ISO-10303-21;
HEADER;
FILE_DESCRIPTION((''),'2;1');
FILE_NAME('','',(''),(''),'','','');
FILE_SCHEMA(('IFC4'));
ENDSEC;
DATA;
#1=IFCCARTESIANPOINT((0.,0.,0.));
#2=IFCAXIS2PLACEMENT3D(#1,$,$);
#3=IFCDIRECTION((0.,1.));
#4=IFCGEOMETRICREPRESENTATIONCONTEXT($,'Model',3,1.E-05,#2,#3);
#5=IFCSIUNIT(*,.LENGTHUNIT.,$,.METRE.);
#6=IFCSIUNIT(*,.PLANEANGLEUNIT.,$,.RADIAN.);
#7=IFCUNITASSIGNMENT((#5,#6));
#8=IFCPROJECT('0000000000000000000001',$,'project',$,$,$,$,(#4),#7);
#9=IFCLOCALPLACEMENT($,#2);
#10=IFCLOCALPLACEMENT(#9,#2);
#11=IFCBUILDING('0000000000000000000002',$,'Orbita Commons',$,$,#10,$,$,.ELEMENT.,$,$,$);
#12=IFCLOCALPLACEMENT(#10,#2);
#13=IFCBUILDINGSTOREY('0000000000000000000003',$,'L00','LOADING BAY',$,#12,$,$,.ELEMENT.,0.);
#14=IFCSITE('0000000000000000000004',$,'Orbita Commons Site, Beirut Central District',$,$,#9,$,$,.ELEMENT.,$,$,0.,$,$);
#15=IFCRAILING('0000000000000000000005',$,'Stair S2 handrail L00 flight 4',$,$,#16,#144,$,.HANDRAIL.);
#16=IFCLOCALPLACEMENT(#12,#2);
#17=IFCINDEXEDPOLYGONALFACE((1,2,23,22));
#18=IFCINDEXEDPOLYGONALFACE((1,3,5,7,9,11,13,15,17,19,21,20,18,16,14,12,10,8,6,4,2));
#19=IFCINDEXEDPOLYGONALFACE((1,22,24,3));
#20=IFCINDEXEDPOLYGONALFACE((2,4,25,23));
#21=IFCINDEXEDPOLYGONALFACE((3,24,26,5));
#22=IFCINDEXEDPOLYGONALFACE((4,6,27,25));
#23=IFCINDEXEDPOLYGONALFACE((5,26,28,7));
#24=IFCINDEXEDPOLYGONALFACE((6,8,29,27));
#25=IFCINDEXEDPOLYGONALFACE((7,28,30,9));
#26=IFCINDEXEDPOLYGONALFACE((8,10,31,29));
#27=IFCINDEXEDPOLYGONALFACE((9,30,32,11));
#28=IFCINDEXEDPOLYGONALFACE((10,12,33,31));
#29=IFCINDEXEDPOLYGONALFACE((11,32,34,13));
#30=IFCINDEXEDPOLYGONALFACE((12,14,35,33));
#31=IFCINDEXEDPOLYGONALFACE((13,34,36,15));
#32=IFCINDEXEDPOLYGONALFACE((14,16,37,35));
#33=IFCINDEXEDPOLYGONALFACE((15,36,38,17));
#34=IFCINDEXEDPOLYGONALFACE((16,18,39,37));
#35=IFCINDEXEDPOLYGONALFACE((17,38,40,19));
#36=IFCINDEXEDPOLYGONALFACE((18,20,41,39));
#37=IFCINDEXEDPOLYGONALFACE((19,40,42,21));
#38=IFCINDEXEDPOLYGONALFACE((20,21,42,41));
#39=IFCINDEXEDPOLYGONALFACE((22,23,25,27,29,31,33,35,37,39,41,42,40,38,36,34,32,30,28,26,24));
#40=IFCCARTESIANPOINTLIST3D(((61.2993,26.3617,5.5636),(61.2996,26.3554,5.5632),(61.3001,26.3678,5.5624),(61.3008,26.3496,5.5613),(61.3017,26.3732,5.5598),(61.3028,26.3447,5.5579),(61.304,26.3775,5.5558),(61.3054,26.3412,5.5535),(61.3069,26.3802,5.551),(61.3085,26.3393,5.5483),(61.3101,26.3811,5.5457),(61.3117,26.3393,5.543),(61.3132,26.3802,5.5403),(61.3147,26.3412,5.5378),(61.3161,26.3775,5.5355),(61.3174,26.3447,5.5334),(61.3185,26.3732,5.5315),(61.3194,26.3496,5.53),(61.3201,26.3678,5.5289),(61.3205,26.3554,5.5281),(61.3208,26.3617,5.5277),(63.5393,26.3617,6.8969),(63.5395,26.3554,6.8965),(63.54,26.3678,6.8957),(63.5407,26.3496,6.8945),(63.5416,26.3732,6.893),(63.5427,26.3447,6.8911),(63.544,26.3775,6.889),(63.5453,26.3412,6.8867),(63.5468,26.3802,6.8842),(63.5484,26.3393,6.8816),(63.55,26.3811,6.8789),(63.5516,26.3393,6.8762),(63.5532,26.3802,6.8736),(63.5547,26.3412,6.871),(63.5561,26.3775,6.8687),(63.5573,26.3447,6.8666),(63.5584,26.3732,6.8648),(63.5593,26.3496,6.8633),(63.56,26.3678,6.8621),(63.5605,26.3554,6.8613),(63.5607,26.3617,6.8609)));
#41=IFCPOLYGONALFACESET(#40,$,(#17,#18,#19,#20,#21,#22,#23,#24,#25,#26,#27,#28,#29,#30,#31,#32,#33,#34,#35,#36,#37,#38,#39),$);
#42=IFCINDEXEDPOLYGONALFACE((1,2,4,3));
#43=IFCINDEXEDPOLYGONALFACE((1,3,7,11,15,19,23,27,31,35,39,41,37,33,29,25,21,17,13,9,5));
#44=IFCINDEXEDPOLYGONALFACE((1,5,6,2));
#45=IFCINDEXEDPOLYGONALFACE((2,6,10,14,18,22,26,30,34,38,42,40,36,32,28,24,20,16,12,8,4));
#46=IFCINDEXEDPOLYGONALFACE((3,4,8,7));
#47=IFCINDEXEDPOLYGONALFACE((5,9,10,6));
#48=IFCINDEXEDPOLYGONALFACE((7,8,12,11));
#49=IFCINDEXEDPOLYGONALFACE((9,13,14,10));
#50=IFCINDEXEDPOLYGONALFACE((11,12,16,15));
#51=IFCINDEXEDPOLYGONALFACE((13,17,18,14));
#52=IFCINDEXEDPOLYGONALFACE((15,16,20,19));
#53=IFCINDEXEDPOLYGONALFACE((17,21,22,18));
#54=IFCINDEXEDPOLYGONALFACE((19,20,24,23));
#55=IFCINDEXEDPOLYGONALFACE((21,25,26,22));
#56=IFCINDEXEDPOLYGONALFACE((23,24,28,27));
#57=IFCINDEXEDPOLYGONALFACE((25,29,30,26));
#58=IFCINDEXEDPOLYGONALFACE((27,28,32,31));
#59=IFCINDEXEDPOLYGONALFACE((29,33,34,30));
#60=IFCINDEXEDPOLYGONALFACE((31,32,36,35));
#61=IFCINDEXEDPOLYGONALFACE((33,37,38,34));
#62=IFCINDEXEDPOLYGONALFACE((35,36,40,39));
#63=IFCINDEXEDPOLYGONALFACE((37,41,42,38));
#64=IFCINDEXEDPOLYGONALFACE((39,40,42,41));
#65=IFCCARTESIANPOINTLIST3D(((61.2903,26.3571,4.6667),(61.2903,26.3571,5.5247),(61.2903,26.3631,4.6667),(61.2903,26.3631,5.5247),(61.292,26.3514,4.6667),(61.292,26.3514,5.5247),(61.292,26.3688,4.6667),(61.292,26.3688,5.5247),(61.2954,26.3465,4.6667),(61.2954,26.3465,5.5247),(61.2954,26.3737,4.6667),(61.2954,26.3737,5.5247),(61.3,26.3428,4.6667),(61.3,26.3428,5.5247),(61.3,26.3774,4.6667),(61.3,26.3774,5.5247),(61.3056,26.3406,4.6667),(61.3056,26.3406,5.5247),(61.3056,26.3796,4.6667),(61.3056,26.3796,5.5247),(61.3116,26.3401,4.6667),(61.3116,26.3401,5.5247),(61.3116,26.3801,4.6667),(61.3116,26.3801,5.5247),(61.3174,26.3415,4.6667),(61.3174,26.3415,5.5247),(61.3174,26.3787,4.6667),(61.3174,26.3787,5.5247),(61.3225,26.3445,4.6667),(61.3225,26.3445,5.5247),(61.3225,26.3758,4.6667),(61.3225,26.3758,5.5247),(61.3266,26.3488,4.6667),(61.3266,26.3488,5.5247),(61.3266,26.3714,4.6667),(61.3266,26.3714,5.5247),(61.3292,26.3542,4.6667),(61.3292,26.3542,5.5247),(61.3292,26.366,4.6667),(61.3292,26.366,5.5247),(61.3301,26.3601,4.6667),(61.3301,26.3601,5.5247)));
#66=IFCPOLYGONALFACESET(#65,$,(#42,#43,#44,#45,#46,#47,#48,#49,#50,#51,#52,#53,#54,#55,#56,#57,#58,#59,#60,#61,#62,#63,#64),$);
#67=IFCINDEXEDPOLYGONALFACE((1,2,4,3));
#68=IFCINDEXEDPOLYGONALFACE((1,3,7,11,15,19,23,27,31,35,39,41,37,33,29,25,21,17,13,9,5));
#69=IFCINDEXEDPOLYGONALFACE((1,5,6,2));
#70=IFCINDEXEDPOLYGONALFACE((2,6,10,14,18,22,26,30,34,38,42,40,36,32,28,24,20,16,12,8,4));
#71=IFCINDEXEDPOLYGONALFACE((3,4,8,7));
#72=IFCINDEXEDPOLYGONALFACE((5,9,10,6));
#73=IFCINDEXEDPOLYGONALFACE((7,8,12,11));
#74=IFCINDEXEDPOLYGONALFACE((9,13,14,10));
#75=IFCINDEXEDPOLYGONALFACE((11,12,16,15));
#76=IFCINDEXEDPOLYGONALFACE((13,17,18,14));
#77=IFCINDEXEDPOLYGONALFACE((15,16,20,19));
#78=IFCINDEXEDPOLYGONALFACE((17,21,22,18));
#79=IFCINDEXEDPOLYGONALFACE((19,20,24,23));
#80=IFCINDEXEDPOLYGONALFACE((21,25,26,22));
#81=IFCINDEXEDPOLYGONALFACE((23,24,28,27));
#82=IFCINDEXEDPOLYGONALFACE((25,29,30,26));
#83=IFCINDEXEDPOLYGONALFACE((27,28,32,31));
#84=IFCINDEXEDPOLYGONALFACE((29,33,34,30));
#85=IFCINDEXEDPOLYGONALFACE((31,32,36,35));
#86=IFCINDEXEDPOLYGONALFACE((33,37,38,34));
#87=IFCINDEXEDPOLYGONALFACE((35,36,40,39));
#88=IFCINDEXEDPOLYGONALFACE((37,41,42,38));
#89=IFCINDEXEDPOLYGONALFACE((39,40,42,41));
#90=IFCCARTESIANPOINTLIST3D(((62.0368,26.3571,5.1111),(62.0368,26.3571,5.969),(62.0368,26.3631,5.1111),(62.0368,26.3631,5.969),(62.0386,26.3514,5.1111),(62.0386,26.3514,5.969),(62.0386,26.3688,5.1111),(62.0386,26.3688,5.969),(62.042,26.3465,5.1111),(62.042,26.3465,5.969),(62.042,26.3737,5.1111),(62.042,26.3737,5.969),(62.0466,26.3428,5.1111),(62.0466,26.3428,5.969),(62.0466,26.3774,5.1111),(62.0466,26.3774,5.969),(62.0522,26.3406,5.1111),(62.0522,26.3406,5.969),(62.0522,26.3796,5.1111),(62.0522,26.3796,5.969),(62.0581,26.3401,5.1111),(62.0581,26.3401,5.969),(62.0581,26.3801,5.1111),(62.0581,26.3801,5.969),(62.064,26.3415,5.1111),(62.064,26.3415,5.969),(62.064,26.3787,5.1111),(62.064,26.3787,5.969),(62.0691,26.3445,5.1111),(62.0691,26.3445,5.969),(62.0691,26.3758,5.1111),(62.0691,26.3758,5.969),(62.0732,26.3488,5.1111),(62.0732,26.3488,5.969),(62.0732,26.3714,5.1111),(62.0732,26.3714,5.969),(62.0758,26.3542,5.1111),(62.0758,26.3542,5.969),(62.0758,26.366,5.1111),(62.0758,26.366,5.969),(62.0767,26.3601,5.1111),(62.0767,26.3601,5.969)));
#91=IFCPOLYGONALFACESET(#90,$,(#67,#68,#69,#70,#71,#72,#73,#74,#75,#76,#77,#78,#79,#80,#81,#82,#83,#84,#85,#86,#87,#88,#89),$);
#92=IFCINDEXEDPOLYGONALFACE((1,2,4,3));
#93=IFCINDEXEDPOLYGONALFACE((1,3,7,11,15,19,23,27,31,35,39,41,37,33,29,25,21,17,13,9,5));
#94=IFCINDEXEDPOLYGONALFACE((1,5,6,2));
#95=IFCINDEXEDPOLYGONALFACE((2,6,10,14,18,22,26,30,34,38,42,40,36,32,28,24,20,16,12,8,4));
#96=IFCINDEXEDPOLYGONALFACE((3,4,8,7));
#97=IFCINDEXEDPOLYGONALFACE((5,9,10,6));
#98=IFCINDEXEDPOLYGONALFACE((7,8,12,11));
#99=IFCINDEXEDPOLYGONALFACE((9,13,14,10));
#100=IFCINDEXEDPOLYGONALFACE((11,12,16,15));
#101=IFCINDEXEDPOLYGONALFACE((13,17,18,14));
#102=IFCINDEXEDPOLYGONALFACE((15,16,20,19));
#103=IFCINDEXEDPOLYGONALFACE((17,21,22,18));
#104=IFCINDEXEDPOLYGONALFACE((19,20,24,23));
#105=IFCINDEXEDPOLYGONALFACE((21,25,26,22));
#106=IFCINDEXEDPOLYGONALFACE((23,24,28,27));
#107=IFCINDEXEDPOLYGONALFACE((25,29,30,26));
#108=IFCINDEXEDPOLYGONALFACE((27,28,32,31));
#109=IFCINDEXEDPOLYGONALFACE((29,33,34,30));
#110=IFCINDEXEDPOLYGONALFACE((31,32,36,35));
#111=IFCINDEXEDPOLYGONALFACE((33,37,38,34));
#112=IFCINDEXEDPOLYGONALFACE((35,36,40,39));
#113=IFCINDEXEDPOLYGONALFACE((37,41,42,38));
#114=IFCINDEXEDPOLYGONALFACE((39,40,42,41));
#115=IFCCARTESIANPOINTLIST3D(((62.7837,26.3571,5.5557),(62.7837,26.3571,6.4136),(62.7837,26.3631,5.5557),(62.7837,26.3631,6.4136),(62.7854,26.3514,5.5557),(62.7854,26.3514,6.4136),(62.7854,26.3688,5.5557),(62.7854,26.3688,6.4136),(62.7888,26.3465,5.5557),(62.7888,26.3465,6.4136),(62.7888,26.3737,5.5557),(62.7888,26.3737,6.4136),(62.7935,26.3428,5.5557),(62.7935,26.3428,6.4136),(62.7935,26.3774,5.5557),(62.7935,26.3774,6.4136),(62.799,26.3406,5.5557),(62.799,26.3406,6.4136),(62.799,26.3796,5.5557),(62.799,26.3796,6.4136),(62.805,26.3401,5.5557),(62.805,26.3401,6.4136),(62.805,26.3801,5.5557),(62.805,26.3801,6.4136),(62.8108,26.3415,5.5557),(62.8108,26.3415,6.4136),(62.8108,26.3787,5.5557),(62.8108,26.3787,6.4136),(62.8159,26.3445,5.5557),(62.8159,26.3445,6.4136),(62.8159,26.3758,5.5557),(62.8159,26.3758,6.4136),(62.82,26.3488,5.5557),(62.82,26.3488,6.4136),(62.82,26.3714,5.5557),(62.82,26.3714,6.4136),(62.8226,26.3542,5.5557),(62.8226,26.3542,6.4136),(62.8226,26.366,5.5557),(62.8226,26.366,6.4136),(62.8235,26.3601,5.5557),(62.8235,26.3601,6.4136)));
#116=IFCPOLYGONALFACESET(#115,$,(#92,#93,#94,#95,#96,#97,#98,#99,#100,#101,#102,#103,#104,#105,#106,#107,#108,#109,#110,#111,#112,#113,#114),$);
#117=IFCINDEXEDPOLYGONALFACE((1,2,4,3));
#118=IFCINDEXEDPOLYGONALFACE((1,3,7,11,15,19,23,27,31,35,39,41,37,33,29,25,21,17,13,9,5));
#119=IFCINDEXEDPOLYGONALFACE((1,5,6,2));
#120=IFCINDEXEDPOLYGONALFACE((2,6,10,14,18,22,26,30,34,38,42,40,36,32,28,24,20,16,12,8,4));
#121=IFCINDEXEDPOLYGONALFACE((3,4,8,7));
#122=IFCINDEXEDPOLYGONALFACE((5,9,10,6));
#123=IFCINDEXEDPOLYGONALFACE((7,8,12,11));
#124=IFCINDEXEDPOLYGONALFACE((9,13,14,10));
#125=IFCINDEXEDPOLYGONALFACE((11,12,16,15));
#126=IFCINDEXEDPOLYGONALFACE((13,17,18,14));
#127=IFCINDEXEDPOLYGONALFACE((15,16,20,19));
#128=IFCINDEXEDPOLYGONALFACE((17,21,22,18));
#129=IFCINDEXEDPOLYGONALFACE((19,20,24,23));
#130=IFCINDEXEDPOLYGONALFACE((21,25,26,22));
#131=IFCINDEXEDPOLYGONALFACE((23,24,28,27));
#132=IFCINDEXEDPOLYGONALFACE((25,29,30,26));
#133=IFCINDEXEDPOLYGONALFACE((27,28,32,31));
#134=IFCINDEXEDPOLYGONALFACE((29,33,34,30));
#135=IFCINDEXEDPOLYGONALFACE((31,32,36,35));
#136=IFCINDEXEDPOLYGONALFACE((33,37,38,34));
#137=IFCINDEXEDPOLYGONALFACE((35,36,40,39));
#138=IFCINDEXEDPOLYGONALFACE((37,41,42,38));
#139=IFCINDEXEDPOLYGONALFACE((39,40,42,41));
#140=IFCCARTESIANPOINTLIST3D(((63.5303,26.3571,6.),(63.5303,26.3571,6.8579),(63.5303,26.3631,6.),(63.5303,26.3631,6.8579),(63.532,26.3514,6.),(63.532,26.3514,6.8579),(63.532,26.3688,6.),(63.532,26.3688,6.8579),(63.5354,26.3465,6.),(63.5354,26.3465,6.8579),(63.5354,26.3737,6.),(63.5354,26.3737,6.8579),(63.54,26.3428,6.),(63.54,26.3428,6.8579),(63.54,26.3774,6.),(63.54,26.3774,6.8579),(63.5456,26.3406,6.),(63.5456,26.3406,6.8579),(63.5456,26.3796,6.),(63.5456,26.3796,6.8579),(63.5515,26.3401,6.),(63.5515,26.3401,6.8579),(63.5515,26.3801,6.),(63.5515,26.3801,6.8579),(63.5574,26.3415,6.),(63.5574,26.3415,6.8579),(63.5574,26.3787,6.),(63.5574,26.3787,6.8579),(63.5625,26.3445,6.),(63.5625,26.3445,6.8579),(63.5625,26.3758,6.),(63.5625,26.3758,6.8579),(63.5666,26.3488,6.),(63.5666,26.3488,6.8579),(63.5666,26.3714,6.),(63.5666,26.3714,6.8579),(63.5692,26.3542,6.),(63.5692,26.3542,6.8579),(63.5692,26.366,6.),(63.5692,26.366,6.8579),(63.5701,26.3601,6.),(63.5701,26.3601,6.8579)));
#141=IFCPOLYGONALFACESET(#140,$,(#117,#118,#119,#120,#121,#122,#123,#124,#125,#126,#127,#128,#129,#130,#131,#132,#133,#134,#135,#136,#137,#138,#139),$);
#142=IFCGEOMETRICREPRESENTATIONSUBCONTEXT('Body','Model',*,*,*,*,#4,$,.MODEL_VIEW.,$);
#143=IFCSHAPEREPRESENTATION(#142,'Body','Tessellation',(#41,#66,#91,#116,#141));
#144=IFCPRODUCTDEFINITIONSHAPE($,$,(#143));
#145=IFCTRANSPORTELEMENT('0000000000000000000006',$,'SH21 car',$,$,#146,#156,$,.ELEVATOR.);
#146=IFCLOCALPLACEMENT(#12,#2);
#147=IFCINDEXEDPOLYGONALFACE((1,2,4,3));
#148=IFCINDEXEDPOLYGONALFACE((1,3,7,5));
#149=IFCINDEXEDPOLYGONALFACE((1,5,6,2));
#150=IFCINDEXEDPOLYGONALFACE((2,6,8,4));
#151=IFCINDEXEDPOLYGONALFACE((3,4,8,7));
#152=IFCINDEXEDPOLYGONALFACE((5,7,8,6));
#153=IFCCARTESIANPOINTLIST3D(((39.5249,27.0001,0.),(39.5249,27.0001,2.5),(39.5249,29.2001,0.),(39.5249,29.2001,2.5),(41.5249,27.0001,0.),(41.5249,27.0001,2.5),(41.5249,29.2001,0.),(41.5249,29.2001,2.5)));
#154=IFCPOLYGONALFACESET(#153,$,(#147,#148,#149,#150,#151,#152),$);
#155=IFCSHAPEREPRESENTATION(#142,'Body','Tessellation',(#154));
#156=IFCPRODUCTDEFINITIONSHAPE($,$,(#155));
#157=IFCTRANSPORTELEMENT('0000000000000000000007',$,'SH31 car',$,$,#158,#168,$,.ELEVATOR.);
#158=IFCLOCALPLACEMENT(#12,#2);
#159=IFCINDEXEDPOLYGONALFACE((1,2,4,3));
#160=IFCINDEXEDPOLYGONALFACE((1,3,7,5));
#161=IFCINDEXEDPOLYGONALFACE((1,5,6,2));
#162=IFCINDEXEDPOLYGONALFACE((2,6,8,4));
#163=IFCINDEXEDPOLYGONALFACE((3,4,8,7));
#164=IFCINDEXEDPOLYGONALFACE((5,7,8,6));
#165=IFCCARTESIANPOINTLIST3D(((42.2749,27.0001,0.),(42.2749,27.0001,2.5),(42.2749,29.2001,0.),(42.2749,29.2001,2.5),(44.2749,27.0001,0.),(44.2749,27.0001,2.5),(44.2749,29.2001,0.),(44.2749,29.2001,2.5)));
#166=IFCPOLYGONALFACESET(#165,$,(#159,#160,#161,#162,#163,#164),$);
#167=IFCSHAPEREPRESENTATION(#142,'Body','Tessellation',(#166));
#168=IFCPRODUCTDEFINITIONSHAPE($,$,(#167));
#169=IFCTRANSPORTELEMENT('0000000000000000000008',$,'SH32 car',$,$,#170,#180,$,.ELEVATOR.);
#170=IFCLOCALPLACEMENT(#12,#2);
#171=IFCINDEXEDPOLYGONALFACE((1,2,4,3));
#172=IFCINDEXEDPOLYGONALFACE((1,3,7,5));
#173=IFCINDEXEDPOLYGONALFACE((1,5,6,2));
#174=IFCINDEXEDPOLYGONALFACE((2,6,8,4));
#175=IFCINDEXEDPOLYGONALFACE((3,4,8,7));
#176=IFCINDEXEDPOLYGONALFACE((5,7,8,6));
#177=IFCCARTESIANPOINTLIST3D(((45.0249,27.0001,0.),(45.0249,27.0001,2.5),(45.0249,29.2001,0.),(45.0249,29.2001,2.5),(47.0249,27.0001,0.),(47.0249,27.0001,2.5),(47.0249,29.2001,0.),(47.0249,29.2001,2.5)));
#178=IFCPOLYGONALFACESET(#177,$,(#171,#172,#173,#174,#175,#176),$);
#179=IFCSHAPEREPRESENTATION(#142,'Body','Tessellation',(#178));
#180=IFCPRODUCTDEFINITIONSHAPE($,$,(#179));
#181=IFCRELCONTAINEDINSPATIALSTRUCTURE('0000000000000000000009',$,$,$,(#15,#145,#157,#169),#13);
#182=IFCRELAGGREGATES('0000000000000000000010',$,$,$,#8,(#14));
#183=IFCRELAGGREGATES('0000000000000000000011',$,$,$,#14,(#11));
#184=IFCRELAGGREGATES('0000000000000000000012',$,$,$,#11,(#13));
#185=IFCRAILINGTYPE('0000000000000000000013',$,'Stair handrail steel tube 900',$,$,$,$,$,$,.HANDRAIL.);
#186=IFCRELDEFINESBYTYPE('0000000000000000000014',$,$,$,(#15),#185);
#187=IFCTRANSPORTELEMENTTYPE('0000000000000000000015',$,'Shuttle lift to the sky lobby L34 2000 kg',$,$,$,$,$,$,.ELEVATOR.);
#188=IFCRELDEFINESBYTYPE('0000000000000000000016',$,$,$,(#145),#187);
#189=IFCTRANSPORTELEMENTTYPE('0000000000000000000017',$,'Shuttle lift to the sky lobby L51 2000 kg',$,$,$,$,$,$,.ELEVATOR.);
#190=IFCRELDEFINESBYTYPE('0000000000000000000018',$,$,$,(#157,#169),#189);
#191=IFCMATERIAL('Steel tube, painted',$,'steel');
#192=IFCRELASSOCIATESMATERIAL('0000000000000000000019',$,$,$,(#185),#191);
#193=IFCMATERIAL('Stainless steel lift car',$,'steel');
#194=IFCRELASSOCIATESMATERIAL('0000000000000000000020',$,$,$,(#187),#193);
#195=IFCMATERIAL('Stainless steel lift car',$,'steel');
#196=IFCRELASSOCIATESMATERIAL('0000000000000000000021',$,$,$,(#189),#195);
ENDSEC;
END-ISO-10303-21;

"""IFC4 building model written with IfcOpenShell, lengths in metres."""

from ifc_helpers import new_model, si_unit, direction, frame, origin, origin_2d, place, context, subcontext, project, spatial, rectangle, circle, extrude, material, type_object, element, save


model = new_model("IFC4")

# Units and contexts
model_context = context("Model", 3, precision=1e-05, world=origin(), true_north=direction((0.0, 1.0)))
body_context = subcontext(model_context, "Body", "Model", "MODEL_VIEW")
ifc_project = project(units=[si_unit("LENGTHUNIT", "METRE"), si_unit("PLANEANGLEUNIT", "RADIAN")], contexts=[model_context])

# Site, building, storey
site_placement = place(None, origin())
site = spatial("IfcSite", under=ifc_project, at=site_placement, Name="Orbita Commons Site, Beirut Central District", CompositionType="ELEMENT", RefElevation=0.0)
building_placement = place(site_placement, origin())
building = spatial("IfcBuilding", under=site, at=building_placement, Name="Orbita Commons", CompositionType="ELEMENT")
storey_placement = place(building_placement, origin())
storey = spatial("IfcBuildingStorey", under=building, at=storey_placement, Name="L00", Description="LOADING BAY", CompositionType="ELEMENT", Elevation=0.0)

# Railing
ifc_material_1 = material(Name="Steel tube, painted", Category="steel")
railing_type = type_object("IfcRailingType", Name="Stair handrail steel tube 900", PredefinedType="HANDRAIL", material=ifc_material_1)
for number, where, name in (
    (1, (61.3101, 26.3601, 4.6667), "Stair S2 handrail L00 flight 4"),
):
    element("IfcRailing", number, at=place(storey_placement, frame(where)), inside=storey, type_object=railing_type, Name=name, PredefinedType="HANDRAIL", context=body_context, shape_type="SweptSolid", body=[
        extrude(circle(Radius=0.021, at=origin_2d()), frame((0.0, 0.0, 0.8789), z_axis=(0.859306, 0.0, 0.511462), x_axis=(0.0, 1.0, 0.0)), (0.0, 0.0, 1.0), 2.6067),
        extrude(circle(Radius=0.02, at=origin_2d()), origin(), (0.0, 0.0, 1.0), 0.8579),
        extrude(circle(Radius=0.02, at=origin_2d()), frame((0.7466, 0.0, 0.4443)), (0.0, 0.0, 1.0), 0.8579),
        extrude(circle(Radius=0.02, at=origin_2d()), frame((1.4934, 0.0, 0.8889)), (0.0, 0.0, 1.0), 0.8579),
        extrude(circle(Radius=0.02, at=origin_2d()), frame((2.24, 0.0, 1.3333)), (0.0, 0.0, 1.0), 0.8579),
    ])

# Transport elements
ifc_material_2 = material(Name="Stainless steel lift car", Category="steel")
transport_element_type_1 = type_object("IfcTransportElementType", Name="Shuttle lift to the sky lobby L34 2000 kg", PredefinedType="ELEVATOR", material=ifc_material_2)
transport_element_1_placement = place(storey_placement, frame((40.5249, 28.1001, 0.0), z_axis=(0.0, 0.0, 1.0), x_axis=(1.0, 0.0, 0.0)))
element("IfcTransportElement", 2, at=transport_element_1_placement, inside=storey, type_object=transport_element_type_1, Name="SH21 car", PredefinedType="ELEVATOR", context=body_context, shape_type="SweptSolid", body=[
    extrude(rectangle(XDim=2.0, YDim=2.2, at=origin_2d()), origin(), (0.0, 0.0, 1.0), 2.5),
])
ifc_material_3 = material(Name="Stainless steel lift car", Category="steel")
transport_element_type_2 = type_object("IfcTransportElementType", Name="Shuttle lift to the sky lobby L51 2000 kg", PredefinedType="ELEVATOR", material=ifc_material_3)
transport_element_2_placement = place(storey_placement, frame((43.2749, 28.1001, 0.0), z_axis=(0.0, 0.0, 1.0), x_axis=(1.0, 0.0, 0.0)))
element("IfcTransportElement", 3, at=transport_element_2_placement, inside=storey, type_object=transport_element_type_2, Name="SH31 car", PredefinedType="ELEVATOR", context=body_context, shape_type="SweptSolid", body=[
    extrude(rectangle(XDim=2.0, YDim=2.2, at=origin_2d()), origin(), (0.0, 0.0, 1.0), 2.5),
])
transport_element_3_placement = place(storey_placement, frame((46.0249, 28.1001, 0.0), z_axis=(0.0, 0.0, 1.0), x_axis=(1.0, 0.0, 0.0)))
element("IfcTransportElement", 4, at=transport_element_3_placement, inside=storey, type_object=transport_element_type_2, Name="SH32 car", PredefinedType="ELEVATOR", context=body_context, shape_type="SweptSolid", body=[
    extrude(rectangle(XDim=2.0, YDim=2.2, at=origin_2d()), origin(), (0.0, 0.0, 1.0), 2.5),
])

save(model, "model.ifc")
